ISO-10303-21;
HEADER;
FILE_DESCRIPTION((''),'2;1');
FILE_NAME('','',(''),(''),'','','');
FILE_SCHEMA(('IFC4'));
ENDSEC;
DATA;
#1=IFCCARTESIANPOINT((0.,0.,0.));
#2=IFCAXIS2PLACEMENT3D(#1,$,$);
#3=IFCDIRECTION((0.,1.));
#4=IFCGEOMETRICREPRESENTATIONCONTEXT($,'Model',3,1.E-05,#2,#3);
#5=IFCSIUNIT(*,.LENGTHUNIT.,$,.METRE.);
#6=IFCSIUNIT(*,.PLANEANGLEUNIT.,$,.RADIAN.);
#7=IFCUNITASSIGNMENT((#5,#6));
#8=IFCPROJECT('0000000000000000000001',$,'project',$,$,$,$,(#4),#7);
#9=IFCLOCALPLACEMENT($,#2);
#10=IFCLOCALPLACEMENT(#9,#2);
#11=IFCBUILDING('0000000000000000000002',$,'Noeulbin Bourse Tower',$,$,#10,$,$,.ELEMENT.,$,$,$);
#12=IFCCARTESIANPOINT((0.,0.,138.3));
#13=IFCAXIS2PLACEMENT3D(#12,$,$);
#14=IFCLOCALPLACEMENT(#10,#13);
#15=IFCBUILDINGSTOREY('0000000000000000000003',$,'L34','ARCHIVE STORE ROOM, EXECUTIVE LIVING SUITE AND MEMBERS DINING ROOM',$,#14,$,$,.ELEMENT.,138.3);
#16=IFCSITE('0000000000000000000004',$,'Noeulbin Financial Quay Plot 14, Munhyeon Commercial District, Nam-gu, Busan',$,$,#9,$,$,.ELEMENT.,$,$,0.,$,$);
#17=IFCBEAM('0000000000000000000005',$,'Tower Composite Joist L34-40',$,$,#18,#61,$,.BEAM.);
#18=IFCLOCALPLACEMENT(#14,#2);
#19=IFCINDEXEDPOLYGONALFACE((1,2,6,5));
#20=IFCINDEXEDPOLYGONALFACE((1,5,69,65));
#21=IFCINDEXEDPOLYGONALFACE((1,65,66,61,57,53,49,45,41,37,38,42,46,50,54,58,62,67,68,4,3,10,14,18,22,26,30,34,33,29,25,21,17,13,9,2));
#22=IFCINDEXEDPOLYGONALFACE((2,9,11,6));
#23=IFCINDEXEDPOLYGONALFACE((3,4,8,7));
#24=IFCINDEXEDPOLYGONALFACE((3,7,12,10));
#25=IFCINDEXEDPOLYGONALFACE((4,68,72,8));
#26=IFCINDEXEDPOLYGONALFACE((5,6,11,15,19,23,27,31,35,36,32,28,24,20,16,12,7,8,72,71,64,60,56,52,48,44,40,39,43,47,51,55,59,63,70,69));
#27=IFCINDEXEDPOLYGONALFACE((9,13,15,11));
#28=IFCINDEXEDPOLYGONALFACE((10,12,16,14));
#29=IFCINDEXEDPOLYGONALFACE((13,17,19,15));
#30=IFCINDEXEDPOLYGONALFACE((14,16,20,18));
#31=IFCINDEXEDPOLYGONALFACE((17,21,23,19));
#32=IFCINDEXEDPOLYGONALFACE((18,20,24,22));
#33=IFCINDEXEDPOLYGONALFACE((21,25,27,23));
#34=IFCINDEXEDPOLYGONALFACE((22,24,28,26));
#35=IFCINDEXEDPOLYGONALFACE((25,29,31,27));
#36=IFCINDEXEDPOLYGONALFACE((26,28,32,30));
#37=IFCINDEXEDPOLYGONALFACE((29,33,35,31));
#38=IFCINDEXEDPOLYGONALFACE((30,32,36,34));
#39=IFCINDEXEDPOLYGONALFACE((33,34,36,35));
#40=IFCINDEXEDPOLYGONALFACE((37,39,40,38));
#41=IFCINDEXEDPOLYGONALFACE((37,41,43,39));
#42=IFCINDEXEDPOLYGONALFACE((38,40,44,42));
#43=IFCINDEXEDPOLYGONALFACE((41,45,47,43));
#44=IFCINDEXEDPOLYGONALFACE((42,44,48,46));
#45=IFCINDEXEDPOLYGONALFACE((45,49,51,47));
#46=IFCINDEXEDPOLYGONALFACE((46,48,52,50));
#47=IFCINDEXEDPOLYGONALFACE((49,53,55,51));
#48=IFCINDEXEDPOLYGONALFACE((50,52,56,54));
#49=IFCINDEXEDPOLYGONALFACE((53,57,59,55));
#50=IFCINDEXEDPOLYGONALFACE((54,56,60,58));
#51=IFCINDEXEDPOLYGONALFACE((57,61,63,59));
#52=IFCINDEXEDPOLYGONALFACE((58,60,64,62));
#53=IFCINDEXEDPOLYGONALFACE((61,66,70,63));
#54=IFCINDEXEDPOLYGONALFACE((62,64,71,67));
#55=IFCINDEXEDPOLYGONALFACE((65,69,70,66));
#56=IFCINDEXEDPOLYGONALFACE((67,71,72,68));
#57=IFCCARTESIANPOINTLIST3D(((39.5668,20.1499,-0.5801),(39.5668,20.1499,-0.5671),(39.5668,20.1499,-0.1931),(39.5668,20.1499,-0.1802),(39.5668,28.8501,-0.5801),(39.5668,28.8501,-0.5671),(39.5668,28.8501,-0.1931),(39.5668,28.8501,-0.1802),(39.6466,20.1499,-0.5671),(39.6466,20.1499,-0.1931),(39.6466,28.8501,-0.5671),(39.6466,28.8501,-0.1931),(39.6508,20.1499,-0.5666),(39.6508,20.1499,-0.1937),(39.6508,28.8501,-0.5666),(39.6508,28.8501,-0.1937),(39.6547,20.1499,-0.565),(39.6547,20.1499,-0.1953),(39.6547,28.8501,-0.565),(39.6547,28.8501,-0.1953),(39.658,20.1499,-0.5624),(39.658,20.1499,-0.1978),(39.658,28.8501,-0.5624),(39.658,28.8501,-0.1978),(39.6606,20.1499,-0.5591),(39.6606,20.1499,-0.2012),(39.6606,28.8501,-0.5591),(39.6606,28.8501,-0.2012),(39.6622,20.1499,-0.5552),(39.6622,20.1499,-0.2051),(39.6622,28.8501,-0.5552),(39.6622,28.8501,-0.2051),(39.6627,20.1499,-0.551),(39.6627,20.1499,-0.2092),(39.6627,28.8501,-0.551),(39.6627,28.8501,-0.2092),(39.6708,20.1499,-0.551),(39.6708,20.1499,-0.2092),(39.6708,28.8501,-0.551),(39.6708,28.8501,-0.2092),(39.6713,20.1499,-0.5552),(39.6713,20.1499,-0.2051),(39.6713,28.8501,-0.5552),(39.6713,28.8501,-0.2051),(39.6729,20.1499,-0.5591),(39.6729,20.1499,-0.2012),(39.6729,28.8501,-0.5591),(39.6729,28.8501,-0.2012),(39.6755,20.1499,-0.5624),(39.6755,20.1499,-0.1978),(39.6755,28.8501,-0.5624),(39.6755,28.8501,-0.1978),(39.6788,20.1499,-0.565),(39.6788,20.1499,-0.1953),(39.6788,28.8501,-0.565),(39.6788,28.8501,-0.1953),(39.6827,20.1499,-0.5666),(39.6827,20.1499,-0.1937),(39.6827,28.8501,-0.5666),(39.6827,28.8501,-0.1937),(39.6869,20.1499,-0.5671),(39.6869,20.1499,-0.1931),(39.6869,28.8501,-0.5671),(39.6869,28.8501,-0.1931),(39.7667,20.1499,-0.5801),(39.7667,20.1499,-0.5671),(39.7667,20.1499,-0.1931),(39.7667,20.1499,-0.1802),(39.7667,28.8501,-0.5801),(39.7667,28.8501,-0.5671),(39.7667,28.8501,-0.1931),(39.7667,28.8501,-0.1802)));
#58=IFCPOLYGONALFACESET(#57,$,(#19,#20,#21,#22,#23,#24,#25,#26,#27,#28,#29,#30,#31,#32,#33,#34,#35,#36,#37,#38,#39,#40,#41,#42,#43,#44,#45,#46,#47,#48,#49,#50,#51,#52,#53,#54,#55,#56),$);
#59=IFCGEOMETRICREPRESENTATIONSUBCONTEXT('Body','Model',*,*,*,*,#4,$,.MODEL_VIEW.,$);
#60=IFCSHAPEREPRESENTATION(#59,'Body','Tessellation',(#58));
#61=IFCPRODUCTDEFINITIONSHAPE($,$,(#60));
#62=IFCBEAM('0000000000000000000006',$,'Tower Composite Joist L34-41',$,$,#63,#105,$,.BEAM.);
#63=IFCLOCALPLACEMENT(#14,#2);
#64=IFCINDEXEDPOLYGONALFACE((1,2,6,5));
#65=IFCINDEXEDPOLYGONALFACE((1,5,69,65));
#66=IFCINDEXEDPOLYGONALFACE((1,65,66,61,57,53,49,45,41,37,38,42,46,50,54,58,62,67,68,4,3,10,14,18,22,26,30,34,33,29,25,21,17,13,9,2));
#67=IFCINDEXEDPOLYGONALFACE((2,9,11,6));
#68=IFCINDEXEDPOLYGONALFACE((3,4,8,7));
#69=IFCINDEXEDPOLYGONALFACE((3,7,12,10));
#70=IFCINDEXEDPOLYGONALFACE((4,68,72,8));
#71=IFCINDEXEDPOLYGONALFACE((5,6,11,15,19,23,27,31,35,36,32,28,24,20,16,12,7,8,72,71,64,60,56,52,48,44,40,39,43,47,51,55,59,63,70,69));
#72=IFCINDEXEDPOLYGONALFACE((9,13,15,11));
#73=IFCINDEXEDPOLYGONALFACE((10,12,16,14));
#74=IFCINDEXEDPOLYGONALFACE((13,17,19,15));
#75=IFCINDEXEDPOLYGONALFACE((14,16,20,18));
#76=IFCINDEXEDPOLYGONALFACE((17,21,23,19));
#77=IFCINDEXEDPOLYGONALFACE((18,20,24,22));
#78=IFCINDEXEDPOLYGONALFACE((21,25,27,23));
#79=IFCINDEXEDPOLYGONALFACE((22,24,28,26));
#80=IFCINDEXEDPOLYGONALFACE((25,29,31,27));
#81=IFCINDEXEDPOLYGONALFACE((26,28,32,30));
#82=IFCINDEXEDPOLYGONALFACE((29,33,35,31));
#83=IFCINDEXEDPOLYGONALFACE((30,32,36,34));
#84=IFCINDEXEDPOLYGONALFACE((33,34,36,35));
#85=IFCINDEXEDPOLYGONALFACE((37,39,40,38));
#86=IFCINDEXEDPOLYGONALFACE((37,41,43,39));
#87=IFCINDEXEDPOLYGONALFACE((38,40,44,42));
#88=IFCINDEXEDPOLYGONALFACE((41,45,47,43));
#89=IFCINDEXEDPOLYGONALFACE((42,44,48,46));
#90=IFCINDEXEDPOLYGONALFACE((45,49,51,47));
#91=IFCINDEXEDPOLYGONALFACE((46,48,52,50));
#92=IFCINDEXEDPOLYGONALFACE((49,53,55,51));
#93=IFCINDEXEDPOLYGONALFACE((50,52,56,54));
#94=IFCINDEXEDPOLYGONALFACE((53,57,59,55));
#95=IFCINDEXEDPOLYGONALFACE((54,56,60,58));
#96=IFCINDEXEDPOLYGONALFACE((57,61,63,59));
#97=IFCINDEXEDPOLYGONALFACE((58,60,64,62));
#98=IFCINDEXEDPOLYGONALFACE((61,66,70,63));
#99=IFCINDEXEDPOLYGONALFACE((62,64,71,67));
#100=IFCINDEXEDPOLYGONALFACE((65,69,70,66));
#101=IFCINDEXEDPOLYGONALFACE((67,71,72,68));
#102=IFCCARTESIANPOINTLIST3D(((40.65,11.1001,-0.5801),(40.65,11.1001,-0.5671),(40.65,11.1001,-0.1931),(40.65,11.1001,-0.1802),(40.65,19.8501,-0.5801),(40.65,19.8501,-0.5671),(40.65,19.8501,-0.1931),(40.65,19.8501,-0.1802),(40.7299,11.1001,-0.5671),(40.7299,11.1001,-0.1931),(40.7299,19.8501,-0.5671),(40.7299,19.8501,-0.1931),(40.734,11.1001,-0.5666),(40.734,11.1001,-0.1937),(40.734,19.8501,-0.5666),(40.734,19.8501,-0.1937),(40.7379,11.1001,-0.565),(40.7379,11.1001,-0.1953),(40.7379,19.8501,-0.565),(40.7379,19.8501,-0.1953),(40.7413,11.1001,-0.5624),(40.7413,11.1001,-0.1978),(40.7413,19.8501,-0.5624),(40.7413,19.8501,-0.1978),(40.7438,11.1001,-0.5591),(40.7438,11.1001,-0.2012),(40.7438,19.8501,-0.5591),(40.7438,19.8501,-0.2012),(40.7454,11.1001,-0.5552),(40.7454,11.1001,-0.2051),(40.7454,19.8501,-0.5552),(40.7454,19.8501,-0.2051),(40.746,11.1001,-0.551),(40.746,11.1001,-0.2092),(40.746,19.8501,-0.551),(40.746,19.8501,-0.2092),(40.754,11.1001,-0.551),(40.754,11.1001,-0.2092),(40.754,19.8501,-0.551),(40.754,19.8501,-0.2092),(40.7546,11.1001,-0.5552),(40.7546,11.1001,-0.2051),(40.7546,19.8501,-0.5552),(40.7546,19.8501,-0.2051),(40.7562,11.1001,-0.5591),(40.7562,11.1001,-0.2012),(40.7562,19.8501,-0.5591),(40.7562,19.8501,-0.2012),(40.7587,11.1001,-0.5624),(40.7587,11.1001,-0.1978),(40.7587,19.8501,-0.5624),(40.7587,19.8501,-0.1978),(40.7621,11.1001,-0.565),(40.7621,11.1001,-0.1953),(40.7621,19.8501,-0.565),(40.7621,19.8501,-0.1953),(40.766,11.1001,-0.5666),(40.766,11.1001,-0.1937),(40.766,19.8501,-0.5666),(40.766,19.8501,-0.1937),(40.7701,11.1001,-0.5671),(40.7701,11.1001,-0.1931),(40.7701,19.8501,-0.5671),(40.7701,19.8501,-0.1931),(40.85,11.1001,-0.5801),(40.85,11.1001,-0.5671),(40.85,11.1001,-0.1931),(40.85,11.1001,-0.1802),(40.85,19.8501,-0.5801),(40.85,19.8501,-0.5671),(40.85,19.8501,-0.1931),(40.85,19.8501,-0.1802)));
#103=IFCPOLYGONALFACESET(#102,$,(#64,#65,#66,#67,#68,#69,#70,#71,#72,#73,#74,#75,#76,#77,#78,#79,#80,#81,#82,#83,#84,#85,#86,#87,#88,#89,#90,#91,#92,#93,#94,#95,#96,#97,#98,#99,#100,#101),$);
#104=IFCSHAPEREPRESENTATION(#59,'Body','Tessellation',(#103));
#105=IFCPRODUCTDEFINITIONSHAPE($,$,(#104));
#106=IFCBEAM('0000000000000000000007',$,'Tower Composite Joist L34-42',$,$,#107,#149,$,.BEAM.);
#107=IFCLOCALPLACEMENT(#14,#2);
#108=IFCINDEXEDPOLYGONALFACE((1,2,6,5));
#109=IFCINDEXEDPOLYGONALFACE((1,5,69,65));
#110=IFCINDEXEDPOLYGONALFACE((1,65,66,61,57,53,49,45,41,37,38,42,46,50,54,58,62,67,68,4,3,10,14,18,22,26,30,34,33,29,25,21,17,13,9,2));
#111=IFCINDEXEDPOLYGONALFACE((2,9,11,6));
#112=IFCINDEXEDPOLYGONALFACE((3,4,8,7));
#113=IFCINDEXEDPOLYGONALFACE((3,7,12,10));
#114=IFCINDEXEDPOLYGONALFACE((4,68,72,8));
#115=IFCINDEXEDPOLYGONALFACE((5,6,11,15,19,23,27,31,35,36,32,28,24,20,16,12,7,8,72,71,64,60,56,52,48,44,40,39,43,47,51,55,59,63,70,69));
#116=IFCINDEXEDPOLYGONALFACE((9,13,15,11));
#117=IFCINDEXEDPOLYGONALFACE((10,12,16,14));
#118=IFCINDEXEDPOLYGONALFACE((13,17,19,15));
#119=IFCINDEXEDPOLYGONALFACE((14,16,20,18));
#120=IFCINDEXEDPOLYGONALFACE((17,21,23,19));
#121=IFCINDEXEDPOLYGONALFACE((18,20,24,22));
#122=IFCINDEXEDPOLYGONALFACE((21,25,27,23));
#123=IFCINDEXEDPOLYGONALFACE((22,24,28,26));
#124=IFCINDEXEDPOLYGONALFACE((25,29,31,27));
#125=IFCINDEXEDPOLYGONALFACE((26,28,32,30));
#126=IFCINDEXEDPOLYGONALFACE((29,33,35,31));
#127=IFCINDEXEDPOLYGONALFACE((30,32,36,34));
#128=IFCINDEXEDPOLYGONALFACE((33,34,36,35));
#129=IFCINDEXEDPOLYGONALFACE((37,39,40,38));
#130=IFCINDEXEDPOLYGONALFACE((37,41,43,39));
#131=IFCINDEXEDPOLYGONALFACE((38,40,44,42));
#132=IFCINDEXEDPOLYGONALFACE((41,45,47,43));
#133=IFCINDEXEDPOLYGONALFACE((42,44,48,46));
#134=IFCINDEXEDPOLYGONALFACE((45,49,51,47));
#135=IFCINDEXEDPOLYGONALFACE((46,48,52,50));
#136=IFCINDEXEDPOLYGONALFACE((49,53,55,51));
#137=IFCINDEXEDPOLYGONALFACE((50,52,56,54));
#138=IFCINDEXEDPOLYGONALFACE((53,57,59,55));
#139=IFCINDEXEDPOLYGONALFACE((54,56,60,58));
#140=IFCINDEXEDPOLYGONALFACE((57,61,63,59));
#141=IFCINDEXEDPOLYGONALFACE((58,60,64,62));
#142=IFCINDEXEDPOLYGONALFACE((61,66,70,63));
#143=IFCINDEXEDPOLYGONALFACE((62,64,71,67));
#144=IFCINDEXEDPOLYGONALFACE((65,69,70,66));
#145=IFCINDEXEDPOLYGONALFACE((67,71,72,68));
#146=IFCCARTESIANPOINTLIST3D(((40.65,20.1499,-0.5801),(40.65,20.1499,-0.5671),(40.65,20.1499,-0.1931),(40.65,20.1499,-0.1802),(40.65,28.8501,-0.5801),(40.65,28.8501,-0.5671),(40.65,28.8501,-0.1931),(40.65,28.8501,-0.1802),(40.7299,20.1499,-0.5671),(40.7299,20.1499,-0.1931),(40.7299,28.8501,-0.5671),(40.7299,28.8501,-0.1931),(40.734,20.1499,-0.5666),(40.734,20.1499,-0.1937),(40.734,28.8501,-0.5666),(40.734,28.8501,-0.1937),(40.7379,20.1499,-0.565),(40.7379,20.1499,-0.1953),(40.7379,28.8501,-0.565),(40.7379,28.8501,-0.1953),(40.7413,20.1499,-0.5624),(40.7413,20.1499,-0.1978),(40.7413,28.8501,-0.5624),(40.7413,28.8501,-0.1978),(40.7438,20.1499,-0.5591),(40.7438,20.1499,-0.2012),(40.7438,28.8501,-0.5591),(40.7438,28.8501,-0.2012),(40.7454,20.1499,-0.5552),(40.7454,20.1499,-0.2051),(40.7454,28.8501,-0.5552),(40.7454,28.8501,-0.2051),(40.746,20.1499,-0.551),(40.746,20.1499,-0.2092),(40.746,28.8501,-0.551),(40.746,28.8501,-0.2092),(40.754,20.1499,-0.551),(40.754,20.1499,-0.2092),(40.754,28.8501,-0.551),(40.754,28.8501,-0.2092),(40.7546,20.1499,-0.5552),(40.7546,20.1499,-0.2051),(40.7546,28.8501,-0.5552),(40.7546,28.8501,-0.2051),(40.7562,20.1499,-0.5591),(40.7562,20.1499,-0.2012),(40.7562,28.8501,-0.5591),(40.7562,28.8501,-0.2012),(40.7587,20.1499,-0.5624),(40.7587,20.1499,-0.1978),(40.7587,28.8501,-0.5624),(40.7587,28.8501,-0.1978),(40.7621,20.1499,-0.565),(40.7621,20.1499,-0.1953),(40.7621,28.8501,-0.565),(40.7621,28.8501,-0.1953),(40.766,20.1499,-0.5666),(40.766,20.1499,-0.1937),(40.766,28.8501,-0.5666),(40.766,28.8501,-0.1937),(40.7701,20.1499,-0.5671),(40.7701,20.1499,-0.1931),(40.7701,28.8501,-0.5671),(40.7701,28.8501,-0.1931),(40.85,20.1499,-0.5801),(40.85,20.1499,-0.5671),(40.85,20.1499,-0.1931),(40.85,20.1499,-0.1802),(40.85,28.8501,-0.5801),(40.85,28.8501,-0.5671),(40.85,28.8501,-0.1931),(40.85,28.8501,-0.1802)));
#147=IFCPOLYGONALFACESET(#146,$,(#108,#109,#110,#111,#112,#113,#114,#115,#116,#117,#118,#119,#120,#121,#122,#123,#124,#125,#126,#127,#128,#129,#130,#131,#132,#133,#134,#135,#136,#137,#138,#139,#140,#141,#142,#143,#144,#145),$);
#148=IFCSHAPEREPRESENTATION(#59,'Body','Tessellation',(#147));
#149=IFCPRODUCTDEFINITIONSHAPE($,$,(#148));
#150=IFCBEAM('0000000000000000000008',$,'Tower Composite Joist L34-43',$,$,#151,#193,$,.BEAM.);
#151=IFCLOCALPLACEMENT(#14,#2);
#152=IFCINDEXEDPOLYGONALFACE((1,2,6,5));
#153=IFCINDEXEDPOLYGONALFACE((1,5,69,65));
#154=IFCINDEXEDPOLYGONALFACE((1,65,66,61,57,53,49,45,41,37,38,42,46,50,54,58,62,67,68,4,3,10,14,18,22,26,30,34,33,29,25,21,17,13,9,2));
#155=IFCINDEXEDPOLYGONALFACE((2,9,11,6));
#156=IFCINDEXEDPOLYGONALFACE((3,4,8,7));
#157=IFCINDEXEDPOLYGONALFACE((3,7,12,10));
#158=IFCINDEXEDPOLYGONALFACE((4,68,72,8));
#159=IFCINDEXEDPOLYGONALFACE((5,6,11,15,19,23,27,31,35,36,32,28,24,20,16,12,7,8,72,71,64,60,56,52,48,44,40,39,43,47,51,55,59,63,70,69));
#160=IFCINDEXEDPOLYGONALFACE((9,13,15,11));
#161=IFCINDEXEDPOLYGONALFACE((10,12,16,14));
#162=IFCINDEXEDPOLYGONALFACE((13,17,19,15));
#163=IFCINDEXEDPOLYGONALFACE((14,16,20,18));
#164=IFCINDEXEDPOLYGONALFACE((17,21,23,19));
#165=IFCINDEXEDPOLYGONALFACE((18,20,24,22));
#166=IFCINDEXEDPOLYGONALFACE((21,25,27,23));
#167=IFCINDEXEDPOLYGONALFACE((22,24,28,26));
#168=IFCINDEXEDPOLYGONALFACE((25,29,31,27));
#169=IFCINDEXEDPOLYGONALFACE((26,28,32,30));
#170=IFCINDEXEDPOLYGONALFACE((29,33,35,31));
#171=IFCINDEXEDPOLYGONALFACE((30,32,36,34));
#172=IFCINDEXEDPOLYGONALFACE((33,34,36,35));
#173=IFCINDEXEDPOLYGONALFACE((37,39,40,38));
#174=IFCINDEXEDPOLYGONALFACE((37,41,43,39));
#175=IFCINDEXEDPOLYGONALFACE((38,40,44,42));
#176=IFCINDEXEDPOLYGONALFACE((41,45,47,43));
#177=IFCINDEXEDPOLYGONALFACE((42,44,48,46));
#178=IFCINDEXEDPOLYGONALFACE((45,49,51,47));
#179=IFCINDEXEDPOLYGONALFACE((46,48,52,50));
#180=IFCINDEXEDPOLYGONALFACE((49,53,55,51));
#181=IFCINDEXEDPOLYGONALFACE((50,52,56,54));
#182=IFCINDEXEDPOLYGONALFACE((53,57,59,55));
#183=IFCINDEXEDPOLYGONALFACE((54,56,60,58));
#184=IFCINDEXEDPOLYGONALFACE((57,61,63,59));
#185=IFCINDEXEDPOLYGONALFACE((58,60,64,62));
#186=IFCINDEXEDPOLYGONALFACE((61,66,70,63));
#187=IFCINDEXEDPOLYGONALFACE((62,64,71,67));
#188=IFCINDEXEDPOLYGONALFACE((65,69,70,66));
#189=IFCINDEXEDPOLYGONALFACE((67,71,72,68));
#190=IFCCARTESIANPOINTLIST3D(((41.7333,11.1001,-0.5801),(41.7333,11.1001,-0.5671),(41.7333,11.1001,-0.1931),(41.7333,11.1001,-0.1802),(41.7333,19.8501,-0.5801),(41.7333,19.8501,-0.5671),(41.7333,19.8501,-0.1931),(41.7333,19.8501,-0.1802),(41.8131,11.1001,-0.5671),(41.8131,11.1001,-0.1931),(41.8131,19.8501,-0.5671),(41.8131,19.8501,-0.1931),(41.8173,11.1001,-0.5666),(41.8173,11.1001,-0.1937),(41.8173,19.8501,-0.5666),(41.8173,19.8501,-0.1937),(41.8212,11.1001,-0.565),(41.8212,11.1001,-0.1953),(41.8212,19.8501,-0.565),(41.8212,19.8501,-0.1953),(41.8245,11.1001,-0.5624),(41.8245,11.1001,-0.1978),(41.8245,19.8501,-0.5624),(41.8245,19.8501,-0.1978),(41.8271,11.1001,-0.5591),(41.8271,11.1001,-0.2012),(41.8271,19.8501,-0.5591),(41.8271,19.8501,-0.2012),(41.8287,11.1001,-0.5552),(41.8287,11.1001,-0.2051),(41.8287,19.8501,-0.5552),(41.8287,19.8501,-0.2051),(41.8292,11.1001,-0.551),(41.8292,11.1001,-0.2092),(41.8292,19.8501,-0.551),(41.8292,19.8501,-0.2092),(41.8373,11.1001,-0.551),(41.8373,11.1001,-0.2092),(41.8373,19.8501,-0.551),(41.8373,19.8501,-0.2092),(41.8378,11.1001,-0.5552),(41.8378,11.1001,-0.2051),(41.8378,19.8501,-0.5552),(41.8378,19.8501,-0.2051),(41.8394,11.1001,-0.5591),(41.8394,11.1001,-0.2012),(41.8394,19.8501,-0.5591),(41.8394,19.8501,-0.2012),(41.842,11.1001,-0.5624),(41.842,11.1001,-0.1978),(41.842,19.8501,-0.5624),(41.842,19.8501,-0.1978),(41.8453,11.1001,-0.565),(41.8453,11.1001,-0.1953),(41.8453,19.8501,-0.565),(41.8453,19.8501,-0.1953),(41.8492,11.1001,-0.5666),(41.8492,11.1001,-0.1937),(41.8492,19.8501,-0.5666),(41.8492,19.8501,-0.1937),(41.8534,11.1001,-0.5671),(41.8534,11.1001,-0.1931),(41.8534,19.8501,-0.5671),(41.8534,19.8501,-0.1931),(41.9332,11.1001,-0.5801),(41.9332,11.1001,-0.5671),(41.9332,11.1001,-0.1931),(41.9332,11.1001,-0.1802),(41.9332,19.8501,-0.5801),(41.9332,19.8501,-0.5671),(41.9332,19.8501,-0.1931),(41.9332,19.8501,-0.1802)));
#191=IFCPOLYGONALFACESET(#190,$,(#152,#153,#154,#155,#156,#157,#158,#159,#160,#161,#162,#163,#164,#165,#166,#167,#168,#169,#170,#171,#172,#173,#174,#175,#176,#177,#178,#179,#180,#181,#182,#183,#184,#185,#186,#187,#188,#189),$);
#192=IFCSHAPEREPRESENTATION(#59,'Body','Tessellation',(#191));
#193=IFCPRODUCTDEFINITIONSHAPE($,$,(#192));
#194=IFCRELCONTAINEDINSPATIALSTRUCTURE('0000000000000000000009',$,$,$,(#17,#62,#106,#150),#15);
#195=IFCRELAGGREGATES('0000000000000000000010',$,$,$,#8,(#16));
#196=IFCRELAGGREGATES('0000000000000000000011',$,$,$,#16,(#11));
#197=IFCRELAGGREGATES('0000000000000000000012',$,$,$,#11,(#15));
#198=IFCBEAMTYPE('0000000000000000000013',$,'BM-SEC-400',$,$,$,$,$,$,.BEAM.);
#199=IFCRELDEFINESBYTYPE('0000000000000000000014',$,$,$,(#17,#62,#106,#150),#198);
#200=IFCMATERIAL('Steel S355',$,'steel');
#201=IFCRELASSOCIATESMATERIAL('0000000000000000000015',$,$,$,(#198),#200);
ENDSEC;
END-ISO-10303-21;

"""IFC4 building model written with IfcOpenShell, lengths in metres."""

from ifc_helpers import new_model, si_unit, direction, frame, origin, origin_2d, place, context, subcontext, project, spatial, i_section, extrude, material, material_profile, profile_set, type_object, element, save


model = new_model("IFC4")

# Units and contexts
model_context = context("Model", 3, precision=1e-05, world=origin(), true_north=direction((0.0, 1.0)))
body_context = subcontext(model_context, "Body", "Model", "MODEL_VIEW")
ifc_project = project(units=[si_unit("LENGTHUNIT", "METRE"), si_unit("PLANEANGLEUNIT", "RADIAN")], contexts=[model_context])

# Site, building, storey
site_placement = place(None, origin())
site = spatial("IfcSite", under=ifc_project, at=site_placement, Name="Noeulbin Financial Quay Plot 14, Munhyeon Commercial District, Nam-gu, Busan", CompositionType="ELEMENT", RefElevation=0.0)
building_placement = place(site_placement, origin())
building = spatial("IfcBuilding", under=site, at=building_placement, Name="Noeulbin Bourse Tower", CompositionType="ELEMENT")
storey_placement = place(building_placement, frame((0.0, 0.0, 138.3)))
storey = spatial("IfcBuildingStorey", under=building, at=storey_placement, Name="L34", Description="ARCHIVE STORE ROOM, EXECUTIVE LIVING SUITE AND MEMBERS DINING ROOM", CompositionType="ELEMENT", Elevation=138.3)

# Shared definitions
ifc_material_1 = material(Name="Steel S355", Category="steel")

# Beams
ifc_material_profile_1 = material_profile(ifc_material_1, i_section(OverallWidth=0.2, OverallDepth=0.3999, WebThickness=0.0081, FlangeThickness=0.0129, FilletRadius=0.0161, at=origin_2d()), Name="H-400x200x8x13", Category="LoadBearing")
ifc_profile_set_1 = profile_set([ifc_material_profile_1], Name="Steel S355")
beam_type_1 = type_object("IfcBeamType", Name="BM-SEC-400", PredefinedType="BEAM", material=ifc_profile_set_1)
beam_1_placement = place(storey_placement, frame((39.6667, 20.1499, -0.3801), z_axis=(0.0, 1.0, 0.0), x_axis=(-1.0, 0.0, 0.0)))
element("IfcBeam", 1, at=beam_1_placement, inside=storey, type_object=beam_type_1, Name="Tower Composite Joist L34-40", PredefinedType="BEAM", context=body_context, shape_type="SweptSolid", body=[
    extrude(i_section(OverallWidth=0.2, OverallDepth=0.3999, WebThickness=0.0081, FlangeThickness=0.0129, FilletRadius=0.0161, at=origin_2d()), origin(), (0.0, 0.0, 1.0), 8.7002),
])
beam_2_placement = place(storey_placement, frame((40.75, 11.1001, -0.3801), z_axis=(0.0, 1.0, 0.0), x_axis=(-1.0, 0.0, 0.0)))
element("IfcBeam", 2, at=beam_2_placement, inside=storey, type_object=beam_type_1, Name="Tower Composite Joist L34-41", PredefinedType="BEAM", context=body_context, shape_type="SweptSolid", body=[
    extrude(i_section(OverallWidth=0.2, OverallDepth=0.3999, WebThickness=0.0081, FlangeThickness=0.0129, FilletRadius=0.0161, at=origin_2d()), origin(), (0.0, 0.0, 1.0), 8.75),
])
beam_3_placement = place(storey_placement, frame((40.75, 20.1499, -0.3801), z_axis=(0.0, 1.0, 0.0), x_axis=(-1.0, 0.0, 0.0)))
element("IfcBeam", 3, at=beam_3_placement, inside=storey, type_object=beam_type_1, Name="Tower Composite Joist L34-42", PredefinedType="BEAM", context=body_context, shape_type="SweptSolid", body=[
    extrude(i_section(OverallWidth=0.2, OverallDepth=0.3999, WebThickness=0.0081, FlangeThickness=0.0129, FilletRadius=0.0161, at=origin_2d()), origin(), (0.0, 0.0, 1.0), 8.7002),
])
beam_4_placement = place(storey_placement, frame((41.8333, 11.1001, -0.3801), z_axis=(0.0, 1.0, 0.0), x_axis=(-1.0, 0.0, 0.0)))
element("IfcBeam", 4, at=beam_4_placement, inside=storey, type_object=beam_type_1, Name="Tower Composite Joist L34-43", PredefinedType="BEAM", context=body_context, shape_type="SweptSolid", body=[
    extrude(i_section(OverallWidth=0.2, OverallDepth=0.3999, WebThickness=0.0081, FlangeThickness=0.0129, FilletRadius=0.0161, at=origin_2d()), origin(), (0.0, 0.0, 1.0), 8.75),
])

save(model, "model.ifc")
